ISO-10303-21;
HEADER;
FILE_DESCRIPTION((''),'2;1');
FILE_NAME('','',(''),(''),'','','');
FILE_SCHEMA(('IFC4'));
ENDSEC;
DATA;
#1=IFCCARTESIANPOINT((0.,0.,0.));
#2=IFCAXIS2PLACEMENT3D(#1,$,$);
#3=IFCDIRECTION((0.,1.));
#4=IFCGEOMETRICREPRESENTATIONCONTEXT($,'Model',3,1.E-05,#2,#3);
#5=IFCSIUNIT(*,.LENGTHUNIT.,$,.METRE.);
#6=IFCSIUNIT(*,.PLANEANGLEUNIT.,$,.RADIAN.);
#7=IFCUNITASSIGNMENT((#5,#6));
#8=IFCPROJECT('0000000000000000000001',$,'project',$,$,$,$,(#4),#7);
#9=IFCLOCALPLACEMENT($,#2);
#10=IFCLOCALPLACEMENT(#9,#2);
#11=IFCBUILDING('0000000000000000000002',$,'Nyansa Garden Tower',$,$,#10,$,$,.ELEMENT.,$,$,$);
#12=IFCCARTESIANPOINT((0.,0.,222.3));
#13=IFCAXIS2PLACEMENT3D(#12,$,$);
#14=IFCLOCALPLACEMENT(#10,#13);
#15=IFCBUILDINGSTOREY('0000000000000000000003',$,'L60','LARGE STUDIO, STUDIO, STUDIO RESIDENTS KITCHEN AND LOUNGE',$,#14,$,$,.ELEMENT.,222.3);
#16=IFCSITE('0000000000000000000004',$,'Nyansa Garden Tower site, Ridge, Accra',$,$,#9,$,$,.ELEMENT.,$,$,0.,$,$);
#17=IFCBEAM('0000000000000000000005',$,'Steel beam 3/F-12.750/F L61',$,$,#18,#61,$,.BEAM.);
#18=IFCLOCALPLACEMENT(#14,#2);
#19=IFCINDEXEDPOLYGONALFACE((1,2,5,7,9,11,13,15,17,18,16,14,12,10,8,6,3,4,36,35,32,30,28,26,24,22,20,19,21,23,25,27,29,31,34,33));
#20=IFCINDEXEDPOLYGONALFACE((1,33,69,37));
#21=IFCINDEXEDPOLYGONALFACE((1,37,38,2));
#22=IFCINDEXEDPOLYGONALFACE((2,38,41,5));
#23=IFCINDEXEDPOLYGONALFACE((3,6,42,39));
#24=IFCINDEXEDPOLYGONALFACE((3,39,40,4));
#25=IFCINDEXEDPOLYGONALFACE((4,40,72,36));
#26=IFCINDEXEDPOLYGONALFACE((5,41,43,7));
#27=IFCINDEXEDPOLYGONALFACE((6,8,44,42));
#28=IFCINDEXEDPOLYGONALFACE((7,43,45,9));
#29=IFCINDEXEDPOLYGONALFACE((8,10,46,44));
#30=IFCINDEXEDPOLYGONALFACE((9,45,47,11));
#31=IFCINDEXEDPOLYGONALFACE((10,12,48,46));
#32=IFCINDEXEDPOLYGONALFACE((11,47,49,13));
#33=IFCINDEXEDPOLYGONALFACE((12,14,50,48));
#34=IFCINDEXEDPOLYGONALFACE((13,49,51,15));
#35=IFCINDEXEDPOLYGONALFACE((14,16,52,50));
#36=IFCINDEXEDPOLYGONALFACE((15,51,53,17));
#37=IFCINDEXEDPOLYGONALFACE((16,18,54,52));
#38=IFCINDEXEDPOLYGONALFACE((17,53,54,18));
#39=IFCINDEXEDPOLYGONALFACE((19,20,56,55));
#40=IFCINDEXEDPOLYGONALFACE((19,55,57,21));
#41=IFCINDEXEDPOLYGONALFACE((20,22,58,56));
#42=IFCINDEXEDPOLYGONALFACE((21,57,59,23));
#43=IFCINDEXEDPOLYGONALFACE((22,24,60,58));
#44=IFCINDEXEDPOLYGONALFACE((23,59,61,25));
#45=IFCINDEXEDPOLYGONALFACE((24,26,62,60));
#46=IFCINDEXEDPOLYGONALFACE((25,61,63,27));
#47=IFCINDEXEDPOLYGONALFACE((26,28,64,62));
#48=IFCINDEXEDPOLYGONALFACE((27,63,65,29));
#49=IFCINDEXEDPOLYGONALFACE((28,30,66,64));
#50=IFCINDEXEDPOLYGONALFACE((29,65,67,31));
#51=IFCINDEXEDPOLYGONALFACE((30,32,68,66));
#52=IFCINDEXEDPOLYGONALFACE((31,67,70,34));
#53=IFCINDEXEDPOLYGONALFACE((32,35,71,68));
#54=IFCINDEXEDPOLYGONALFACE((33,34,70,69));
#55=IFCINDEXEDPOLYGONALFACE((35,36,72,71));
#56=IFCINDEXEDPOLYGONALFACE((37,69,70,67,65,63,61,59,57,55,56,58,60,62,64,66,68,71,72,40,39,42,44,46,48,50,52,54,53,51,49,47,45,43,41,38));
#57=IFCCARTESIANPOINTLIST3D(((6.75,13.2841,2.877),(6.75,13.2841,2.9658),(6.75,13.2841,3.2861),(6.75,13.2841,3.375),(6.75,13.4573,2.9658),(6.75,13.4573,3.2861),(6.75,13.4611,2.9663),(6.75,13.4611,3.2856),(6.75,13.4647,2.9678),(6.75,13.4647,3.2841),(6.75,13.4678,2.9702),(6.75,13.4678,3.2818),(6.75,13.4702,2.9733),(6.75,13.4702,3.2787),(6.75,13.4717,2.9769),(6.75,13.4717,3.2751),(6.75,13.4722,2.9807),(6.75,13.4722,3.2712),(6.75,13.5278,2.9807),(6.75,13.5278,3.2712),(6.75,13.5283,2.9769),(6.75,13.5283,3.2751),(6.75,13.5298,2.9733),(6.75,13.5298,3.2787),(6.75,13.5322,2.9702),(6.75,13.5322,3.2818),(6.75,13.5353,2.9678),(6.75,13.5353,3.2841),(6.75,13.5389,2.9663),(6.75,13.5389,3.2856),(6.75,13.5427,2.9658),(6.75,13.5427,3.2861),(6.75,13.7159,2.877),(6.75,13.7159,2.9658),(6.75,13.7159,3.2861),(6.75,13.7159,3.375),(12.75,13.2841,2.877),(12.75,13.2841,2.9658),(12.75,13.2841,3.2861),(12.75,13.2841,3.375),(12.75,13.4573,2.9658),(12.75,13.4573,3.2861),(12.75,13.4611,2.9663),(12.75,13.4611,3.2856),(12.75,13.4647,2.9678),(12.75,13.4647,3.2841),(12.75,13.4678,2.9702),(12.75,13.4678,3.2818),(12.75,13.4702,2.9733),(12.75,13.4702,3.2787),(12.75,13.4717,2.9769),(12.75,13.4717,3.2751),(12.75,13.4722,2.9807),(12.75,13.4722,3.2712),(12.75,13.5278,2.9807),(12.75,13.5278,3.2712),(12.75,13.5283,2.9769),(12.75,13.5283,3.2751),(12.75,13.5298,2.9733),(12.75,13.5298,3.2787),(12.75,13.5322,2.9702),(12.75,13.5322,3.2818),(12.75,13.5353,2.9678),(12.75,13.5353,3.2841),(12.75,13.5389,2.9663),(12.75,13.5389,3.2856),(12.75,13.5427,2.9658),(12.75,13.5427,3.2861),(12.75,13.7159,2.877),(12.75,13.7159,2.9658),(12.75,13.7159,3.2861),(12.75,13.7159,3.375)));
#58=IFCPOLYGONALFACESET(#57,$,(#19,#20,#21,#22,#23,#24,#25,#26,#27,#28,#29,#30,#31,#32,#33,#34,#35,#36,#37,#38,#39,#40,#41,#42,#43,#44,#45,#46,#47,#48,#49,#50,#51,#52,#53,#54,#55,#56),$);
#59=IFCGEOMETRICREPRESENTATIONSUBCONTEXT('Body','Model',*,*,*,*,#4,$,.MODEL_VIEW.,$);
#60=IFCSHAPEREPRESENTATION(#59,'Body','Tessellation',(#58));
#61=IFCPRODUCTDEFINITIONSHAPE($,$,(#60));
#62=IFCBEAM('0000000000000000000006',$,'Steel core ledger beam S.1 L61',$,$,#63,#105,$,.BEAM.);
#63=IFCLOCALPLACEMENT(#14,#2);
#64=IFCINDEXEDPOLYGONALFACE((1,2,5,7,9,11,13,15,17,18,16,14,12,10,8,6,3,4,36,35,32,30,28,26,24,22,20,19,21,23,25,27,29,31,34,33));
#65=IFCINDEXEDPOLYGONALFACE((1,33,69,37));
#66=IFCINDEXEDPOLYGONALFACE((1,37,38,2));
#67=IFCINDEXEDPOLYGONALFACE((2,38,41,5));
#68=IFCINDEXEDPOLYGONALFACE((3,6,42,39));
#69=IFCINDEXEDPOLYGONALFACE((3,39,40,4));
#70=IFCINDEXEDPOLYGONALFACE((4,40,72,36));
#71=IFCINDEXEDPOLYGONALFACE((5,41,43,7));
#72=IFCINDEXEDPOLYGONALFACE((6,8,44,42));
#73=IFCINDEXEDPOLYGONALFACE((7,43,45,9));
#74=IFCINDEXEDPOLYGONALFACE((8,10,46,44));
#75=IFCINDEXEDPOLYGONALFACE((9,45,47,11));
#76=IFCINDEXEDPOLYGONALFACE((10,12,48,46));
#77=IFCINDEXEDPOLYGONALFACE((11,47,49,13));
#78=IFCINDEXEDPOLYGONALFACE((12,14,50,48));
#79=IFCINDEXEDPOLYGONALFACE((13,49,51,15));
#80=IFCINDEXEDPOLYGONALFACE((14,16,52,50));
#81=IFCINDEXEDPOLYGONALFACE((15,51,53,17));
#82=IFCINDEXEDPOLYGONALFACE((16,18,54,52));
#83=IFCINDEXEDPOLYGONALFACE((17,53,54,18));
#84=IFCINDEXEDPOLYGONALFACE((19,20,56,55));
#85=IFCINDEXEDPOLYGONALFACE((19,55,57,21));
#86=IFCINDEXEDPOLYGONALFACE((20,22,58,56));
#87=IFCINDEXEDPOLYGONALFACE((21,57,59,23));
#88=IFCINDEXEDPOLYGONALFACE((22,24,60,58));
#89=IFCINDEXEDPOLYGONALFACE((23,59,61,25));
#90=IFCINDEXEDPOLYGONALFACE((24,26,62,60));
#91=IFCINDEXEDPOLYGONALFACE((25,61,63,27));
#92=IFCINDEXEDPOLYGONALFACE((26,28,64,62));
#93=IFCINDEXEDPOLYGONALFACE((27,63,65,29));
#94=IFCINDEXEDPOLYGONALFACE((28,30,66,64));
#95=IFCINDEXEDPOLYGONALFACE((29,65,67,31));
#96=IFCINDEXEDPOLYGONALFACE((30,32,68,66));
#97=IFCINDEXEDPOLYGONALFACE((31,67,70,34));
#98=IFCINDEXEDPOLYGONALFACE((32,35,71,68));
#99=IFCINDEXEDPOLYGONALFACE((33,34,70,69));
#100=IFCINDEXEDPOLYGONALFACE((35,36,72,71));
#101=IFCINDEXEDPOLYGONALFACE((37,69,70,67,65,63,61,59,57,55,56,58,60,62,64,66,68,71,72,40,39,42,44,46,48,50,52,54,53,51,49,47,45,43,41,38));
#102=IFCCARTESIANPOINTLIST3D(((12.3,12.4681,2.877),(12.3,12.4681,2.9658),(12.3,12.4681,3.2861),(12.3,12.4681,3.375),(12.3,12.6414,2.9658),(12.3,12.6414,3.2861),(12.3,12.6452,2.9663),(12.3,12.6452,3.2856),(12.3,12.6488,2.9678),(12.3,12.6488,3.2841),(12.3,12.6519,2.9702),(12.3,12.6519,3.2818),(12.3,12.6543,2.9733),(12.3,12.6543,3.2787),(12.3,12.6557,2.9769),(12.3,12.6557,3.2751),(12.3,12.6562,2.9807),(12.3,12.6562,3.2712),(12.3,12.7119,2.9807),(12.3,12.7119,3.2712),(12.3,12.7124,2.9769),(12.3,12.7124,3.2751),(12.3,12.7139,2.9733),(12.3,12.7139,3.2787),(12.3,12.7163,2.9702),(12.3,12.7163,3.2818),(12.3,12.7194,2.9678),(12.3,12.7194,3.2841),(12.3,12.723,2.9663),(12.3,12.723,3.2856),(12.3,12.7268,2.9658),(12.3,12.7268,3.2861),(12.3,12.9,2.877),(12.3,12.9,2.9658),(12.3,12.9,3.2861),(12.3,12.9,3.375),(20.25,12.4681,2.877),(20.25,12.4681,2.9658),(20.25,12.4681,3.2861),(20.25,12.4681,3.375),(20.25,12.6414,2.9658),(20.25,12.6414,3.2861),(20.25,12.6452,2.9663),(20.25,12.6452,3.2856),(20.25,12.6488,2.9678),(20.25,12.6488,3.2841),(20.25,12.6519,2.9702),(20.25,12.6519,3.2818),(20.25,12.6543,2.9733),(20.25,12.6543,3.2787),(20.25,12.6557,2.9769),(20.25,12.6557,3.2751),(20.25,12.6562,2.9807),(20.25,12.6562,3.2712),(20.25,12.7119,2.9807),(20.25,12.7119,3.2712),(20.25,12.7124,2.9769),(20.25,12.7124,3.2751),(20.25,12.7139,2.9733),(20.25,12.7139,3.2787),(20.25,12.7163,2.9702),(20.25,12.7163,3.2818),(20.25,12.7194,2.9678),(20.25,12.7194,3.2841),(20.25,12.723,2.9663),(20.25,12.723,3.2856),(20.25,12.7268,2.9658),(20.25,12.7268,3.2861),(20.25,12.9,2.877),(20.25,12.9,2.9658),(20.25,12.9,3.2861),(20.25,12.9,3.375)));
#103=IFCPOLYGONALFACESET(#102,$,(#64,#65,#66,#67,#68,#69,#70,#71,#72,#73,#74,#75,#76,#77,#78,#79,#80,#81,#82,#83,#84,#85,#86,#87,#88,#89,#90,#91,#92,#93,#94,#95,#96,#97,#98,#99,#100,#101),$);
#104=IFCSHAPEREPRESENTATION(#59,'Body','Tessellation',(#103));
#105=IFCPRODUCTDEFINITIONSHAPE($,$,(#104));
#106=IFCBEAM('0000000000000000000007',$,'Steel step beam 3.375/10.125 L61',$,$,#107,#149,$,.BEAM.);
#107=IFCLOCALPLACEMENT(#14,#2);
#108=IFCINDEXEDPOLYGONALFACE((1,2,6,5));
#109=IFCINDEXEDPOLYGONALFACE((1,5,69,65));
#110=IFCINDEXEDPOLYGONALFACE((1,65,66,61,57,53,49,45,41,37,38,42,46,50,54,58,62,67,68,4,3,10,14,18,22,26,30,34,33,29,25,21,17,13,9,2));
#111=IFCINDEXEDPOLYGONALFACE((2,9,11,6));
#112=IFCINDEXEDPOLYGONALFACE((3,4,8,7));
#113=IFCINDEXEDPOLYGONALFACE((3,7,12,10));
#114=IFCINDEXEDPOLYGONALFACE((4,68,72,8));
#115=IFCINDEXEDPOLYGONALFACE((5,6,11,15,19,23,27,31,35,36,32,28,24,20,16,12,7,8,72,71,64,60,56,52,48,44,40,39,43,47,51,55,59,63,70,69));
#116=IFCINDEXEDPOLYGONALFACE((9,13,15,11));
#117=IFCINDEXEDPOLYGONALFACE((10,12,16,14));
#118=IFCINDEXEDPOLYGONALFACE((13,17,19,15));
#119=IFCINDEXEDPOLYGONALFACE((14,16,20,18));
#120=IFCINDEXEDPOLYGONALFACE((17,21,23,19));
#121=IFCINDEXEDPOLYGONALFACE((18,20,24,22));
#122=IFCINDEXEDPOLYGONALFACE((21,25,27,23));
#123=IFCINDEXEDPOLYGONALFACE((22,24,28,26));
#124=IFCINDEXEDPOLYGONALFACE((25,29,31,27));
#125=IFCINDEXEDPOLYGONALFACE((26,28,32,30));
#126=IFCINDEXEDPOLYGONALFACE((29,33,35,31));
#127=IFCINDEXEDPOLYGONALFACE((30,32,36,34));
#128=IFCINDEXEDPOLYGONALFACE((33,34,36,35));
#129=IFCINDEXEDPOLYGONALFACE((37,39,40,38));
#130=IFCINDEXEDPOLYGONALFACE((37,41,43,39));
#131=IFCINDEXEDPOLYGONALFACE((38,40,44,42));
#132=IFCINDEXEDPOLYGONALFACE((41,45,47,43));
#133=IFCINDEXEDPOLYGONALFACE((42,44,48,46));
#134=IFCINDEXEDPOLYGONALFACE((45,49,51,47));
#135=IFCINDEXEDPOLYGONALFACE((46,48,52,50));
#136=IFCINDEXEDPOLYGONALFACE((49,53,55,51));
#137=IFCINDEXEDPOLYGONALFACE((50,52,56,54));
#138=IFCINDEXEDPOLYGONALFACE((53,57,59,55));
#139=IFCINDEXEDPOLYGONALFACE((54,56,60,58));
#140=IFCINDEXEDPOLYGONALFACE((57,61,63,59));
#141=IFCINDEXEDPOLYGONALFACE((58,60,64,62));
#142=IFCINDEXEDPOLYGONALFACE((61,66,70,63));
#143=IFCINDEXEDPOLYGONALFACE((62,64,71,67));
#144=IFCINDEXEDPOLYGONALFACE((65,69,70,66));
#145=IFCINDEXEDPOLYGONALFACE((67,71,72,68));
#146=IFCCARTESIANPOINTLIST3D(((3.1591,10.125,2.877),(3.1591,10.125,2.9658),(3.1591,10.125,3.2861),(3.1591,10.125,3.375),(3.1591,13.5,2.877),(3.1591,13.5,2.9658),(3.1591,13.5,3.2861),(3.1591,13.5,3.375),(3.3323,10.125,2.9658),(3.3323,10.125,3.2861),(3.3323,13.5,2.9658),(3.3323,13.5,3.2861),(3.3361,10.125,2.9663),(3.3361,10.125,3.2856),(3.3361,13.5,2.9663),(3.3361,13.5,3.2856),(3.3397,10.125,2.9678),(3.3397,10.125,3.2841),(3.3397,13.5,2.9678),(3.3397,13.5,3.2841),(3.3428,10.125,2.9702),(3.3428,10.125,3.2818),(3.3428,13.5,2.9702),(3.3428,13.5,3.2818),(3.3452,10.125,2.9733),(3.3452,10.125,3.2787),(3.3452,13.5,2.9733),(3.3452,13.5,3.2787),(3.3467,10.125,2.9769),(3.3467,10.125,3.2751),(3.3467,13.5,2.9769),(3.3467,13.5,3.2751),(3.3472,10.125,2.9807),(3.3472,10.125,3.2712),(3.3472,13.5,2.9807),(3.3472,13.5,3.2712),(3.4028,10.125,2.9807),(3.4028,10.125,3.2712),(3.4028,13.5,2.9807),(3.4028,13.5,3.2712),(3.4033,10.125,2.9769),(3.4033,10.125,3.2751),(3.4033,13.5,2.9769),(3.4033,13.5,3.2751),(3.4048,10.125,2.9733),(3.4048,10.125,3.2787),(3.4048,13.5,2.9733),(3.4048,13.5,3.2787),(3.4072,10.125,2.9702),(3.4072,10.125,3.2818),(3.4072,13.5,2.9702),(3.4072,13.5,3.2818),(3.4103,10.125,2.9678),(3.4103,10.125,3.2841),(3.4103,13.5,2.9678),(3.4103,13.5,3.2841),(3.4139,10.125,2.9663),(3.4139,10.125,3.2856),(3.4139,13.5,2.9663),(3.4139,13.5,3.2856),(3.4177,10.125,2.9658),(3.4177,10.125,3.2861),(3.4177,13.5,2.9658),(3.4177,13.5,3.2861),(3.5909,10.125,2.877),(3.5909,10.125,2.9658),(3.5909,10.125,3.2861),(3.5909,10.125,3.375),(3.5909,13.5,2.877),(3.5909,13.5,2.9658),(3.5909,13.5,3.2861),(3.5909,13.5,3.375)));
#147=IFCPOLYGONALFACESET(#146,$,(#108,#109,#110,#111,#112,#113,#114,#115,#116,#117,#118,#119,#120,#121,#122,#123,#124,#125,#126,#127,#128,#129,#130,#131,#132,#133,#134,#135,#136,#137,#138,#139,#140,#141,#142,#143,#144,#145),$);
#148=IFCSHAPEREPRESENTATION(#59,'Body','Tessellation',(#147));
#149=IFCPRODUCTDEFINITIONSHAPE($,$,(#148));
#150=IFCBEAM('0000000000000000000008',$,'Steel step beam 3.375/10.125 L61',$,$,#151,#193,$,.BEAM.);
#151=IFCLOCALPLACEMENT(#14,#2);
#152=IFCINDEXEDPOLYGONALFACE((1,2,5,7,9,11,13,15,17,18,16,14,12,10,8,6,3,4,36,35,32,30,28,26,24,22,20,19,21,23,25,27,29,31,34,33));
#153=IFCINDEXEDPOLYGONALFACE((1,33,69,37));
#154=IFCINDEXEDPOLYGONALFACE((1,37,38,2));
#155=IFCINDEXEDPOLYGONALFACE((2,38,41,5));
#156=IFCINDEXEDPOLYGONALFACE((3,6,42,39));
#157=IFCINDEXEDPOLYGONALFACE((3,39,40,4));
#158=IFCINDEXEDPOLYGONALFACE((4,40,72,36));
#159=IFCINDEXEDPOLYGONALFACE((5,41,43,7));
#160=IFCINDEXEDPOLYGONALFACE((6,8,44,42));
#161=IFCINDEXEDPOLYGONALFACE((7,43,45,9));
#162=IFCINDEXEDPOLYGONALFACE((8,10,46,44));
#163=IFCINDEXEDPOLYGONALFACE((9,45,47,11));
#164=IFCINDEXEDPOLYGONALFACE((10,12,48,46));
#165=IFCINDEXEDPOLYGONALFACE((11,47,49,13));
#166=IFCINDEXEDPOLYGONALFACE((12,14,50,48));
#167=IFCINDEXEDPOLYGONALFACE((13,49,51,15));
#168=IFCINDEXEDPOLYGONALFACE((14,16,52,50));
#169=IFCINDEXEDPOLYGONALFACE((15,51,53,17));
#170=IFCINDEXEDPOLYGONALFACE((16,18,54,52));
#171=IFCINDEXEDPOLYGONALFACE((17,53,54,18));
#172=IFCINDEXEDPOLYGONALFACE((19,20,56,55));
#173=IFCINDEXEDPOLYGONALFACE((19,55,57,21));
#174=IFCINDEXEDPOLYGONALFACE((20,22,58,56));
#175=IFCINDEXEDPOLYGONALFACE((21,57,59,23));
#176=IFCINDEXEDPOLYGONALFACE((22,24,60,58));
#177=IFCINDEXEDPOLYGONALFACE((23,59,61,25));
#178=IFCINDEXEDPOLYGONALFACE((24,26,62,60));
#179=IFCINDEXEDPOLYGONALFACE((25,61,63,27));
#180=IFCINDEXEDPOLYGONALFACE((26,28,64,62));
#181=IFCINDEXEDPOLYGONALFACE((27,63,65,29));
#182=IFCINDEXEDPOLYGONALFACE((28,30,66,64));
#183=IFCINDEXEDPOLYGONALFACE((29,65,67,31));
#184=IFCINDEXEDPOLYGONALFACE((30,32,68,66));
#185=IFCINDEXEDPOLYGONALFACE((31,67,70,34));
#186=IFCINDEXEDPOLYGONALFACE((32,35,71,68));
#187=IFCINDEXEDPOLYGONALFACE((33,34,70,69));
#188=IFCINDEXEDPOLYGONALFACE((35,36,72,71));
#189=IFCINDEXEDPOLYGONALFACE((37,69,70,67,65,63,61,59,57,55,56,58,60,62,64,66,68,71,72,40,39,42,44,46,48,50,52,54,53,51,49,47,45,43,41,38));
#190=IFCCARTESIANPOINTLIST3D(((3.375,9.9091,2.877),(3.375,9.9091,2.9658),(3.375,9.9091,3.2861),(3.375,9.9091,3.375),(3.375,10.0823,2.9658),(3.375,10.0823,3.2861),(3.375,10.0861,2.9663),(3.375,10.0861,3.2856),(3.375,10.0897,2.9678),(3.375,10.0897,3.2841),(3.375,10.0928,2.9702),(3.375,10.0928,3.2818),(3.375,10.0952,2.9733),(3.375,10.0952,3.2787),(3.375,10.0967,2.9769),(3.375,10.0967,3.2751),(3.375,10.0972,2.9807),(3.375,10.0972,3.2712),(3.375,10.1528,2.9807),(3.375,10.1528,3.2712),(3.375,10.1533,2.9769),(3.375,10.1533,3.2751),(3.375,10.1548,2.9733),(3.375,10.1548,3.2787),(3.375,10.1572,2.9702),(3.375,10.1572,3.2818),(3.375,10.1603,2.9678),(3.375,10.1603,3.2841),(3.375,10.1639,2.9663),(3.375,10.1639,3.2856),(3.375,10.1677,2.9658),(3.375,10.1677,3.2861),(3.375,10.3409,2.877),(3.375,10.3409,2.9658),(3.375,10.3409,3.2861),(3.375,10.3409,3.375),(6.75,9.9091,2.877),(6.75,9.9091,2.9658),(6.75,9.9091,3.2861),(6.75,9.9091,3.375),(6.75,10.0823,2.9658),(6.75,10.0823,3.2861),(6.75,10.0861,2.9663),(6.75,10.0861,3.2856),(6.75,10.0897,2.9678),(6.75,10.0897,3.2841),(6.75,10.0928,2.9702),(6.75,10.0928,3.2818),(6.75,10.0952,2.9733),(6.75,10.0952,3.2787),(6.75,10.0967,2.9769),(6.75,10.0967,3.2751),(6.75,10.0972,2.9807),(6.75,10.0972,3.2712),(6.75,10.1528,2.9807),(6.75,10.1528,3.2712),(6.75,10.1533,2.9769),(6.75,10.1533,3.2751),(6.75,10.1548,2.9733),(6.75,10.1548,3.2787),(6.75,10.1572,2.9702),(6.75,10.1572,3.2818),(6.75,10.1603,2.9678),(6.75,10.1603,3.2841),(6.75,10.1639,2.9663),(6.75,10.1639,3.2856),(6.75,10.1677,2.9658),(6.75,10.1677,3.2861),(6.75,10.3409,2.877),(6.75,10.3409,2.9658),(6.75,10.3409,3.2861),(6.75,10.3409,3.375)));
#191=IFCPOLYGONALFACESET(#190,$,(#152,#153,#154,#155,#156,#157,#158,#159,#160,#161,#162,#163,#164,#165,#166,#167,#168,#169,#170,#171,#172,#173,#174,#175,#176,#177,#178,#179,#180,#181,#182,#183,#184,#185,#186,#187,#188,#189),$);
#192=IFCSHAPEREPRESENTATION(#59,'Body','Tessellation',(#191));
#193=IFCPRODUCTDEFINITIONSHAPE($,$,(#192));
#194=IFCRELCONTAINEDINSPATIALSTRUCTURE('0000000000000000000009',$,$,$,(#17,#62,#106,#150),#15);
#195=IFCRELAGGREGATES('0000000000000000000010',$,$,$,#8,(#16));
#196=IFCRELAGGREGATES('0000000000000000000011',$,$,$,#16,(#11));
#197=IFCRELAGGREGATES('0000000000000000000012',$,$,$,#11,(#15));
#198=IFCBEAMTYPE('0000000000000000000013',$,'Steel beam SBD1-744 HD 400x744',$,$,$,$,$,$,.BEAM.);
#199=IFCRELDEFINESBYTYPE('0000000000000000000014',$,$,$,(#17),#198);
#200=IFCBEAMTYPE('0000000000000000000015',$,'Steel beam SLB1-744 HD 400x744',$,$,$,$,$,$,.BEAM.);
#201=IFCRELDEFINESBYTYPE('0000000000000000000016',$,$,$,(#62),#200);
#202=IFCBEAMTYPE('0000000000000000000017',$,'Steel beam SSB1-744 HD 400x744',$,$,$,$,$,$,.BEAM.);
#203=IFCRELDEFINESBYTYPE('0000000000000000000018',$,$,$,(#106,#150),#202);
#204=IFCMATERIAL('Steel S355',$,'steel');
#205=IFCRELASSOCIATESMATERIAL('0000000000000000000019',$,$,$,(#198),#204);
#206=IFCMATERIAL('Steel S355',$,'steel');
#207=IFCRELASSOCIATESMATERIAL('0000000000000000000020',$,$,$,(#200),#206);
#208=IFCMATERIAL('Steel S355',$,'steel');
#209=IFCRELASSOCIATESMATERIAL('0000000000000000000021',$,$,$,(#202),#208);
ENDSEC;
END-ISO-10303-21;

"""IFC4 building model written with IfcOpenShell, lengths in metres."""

from ifc_helpers import new_model, si_unit, direction, frame, origin, origin_2d, place, context, subcontext, project, spatial, i_section, extrude, material, material_profile, profile_set, type_object, element, save


model = new_model("IFC4")

# Units and contexts
model_context = context("Model", 3, precision=1e-05, world=origin(), true_north=direction((0.0, 1.0)))
body_context = subcontext(model_context, "Body", "Model", "MODEL_VIEW")
ifc_project = project(units=[si_unit("LENGTHUNIT", "METRE"), si_unit("PLANEANGLEUNIT", "RADIAN")], contexts=[model_context])

# Site, building, storey
site_placement = place(None, origin())
site = spatial("IfcSite", under=ifc_project, at=site_placement, Name="Nyansa Garden Tower site, Ridge, Accra", CompositionType="ELEMENT", RefElevation=0.0)
building_placement = place(site_placement, origin())
building = spatial("IfcBuilding", under=site, at=building_placement, Name="Nyansa Garden Tower", CompositionType="ELEMENT")
storey_placement = place(building_placement, frame((0.0, 0.0, 222.3)))
storey = spatial("IfcBuildingStorey", under=building, at=storey_placement, Name="L60", Description="LARGE STUDIO, STUDIO, STUDIO RESIDENTS KITCHEN AND LOUNGE", CompositionType="ELEMENT", Elevation=222.3)

# Beams
ifc_material_1 = material(Name="Steel S355", Category="steel")
ifc_material_profile_1 = material_profile(ifc_material_1, i_section(OverallWidth=0.4319, OverallDepth=0.498, WebThickness=0.0557, FlangeThickness=0.0889, FilletRadius=0.0149, at=origin_2d()), Name="HD 400x744")
ifc_profile_set_1 = profile_set([ifc_material_profile_1], Name="Steel S355")
beam_type_1 = type_object("IfcBeamType", Name="Steel beam SBD1-744 HD 400x744", PredefinedType="BEAM", material=ifc_profile_set_1)
beam_1_placement = place(storey_placement, frame((6.75, 13.5, 3.126), z_axis=(1.0, 0.0, 0.0), x_axis=(0.0, 1.0, 0.0)))
element("IfcBeam", 1, at=beam_1_placement, inside=storey, type_object=beam_type_1, Name="Steel beam 3/F-12.750/F L61", PredefinedType="BEAM", context=body_context, shape_type="SweptSolid", body=[
    extrude(i_section(OverallWidth=0.4319, OverallDepth=0.498, WebThickness=0.0557, FlangeThickness=0.0889, FilletRadius=0.0149, at=origin_2d()), origin(), (0.0, 0.0, 1.0), 6.0),
])
ifc_material_2 = material(Name="Steel S355", Category="steel")
ifc_material_profile_2 = material_profile(ifc_material_2, i_section(OverallWidth=0.4319, OverallDepth=0.498, WebThickness=0.0557, FlangeThickness=0.0889, FilletRadius=0.0149, at=origin_2d()), Name="HD 400x744")
ifc_profile_set_2 = profile_set([ifc_material_profile_2], Name="Steel S355")
beam_type_2 = type_object("IfcBeamType", Name="Steel beam SLB1-744 HD 400x744", PredefinedType="BEAM", material=ifc_profile_set_2)
beam_2_placement = place(storey_placement, frame((12.3, 12.6841, 3.126), z_axis=(1.0, 0.0, 0.0), x_axis=(0.0, 1.0, 0.0)))
element("IfcBeam", 2, at=beam_2_placement, inside=storey, type_object=beam_type_2, Name="Steel core ledger beam S.1 L61", PredefinedType="BEAM", context=body_context, shape_type="SweptSolid", body=[
    extrude(i_section(OverallWidth=0.4319, OverallDepth=0.498, WebThickness=0.0557, FlangeThickness=0.0889, FilletRadius=0.0149, at=origin_2d()), origin(), (0.0, 0.0, 1.0), 7.95),
])
ifc_material_3 = material(Name="Steel S355", Category="steel")
ifc_material_profile_3 = material_profile(ifc_material_3, i_section(OverallWidth=0.4319, OverallDepth=0.498, WebThickness=0.0557, FlangeThickness=0.0889, FilletRadius=0.0149, at=origin_2d()), Name="HD 400x744")
ifc_profile_set_3 = profile_set([ifc_material_profile_3], Name="Steel S355")
beam_type_3 = type_object("IfcBeamType", Name="Steel beam SSB1-744 HD 400x744", PredefinedType="BEAM", material=ifc_profile_set_3)
for number, where, z_axis, x_axis, name in (
    (3, (3.375, 10.125, 3.126), (0.0, 1.0, 0.0), (-1.0, 0.0, 0.0), "Steel step beam 3.375/10.125 L61"),
    (4, (3.375, 10.125, 3.126), (1.0, 0.0, 0.0), (0.0, 1.0, 0.0), "Steel step beam 3.375/10.125 L61"),
):
    element("IfcBeam", number, at=place(storey_placement, frame(where, z_axis=z_axis, x_axis=x_axis)), inside=storey, type_object=beam_type_3, Name=name, PredefinedType="BEAM", context=body_context, shape_type="SweptSolid", body=[
        extrude(i_section(OverallWidth=0.4319, OverallDepth=0.498, WebThickness=0.0557, FlangeThickness=0.0889, FilletRadius=0.0149, at=origin_2d()), origin(), (0.0, 0.0, 1.0), 3.375),
    ])

save(model, "model.ifc")
